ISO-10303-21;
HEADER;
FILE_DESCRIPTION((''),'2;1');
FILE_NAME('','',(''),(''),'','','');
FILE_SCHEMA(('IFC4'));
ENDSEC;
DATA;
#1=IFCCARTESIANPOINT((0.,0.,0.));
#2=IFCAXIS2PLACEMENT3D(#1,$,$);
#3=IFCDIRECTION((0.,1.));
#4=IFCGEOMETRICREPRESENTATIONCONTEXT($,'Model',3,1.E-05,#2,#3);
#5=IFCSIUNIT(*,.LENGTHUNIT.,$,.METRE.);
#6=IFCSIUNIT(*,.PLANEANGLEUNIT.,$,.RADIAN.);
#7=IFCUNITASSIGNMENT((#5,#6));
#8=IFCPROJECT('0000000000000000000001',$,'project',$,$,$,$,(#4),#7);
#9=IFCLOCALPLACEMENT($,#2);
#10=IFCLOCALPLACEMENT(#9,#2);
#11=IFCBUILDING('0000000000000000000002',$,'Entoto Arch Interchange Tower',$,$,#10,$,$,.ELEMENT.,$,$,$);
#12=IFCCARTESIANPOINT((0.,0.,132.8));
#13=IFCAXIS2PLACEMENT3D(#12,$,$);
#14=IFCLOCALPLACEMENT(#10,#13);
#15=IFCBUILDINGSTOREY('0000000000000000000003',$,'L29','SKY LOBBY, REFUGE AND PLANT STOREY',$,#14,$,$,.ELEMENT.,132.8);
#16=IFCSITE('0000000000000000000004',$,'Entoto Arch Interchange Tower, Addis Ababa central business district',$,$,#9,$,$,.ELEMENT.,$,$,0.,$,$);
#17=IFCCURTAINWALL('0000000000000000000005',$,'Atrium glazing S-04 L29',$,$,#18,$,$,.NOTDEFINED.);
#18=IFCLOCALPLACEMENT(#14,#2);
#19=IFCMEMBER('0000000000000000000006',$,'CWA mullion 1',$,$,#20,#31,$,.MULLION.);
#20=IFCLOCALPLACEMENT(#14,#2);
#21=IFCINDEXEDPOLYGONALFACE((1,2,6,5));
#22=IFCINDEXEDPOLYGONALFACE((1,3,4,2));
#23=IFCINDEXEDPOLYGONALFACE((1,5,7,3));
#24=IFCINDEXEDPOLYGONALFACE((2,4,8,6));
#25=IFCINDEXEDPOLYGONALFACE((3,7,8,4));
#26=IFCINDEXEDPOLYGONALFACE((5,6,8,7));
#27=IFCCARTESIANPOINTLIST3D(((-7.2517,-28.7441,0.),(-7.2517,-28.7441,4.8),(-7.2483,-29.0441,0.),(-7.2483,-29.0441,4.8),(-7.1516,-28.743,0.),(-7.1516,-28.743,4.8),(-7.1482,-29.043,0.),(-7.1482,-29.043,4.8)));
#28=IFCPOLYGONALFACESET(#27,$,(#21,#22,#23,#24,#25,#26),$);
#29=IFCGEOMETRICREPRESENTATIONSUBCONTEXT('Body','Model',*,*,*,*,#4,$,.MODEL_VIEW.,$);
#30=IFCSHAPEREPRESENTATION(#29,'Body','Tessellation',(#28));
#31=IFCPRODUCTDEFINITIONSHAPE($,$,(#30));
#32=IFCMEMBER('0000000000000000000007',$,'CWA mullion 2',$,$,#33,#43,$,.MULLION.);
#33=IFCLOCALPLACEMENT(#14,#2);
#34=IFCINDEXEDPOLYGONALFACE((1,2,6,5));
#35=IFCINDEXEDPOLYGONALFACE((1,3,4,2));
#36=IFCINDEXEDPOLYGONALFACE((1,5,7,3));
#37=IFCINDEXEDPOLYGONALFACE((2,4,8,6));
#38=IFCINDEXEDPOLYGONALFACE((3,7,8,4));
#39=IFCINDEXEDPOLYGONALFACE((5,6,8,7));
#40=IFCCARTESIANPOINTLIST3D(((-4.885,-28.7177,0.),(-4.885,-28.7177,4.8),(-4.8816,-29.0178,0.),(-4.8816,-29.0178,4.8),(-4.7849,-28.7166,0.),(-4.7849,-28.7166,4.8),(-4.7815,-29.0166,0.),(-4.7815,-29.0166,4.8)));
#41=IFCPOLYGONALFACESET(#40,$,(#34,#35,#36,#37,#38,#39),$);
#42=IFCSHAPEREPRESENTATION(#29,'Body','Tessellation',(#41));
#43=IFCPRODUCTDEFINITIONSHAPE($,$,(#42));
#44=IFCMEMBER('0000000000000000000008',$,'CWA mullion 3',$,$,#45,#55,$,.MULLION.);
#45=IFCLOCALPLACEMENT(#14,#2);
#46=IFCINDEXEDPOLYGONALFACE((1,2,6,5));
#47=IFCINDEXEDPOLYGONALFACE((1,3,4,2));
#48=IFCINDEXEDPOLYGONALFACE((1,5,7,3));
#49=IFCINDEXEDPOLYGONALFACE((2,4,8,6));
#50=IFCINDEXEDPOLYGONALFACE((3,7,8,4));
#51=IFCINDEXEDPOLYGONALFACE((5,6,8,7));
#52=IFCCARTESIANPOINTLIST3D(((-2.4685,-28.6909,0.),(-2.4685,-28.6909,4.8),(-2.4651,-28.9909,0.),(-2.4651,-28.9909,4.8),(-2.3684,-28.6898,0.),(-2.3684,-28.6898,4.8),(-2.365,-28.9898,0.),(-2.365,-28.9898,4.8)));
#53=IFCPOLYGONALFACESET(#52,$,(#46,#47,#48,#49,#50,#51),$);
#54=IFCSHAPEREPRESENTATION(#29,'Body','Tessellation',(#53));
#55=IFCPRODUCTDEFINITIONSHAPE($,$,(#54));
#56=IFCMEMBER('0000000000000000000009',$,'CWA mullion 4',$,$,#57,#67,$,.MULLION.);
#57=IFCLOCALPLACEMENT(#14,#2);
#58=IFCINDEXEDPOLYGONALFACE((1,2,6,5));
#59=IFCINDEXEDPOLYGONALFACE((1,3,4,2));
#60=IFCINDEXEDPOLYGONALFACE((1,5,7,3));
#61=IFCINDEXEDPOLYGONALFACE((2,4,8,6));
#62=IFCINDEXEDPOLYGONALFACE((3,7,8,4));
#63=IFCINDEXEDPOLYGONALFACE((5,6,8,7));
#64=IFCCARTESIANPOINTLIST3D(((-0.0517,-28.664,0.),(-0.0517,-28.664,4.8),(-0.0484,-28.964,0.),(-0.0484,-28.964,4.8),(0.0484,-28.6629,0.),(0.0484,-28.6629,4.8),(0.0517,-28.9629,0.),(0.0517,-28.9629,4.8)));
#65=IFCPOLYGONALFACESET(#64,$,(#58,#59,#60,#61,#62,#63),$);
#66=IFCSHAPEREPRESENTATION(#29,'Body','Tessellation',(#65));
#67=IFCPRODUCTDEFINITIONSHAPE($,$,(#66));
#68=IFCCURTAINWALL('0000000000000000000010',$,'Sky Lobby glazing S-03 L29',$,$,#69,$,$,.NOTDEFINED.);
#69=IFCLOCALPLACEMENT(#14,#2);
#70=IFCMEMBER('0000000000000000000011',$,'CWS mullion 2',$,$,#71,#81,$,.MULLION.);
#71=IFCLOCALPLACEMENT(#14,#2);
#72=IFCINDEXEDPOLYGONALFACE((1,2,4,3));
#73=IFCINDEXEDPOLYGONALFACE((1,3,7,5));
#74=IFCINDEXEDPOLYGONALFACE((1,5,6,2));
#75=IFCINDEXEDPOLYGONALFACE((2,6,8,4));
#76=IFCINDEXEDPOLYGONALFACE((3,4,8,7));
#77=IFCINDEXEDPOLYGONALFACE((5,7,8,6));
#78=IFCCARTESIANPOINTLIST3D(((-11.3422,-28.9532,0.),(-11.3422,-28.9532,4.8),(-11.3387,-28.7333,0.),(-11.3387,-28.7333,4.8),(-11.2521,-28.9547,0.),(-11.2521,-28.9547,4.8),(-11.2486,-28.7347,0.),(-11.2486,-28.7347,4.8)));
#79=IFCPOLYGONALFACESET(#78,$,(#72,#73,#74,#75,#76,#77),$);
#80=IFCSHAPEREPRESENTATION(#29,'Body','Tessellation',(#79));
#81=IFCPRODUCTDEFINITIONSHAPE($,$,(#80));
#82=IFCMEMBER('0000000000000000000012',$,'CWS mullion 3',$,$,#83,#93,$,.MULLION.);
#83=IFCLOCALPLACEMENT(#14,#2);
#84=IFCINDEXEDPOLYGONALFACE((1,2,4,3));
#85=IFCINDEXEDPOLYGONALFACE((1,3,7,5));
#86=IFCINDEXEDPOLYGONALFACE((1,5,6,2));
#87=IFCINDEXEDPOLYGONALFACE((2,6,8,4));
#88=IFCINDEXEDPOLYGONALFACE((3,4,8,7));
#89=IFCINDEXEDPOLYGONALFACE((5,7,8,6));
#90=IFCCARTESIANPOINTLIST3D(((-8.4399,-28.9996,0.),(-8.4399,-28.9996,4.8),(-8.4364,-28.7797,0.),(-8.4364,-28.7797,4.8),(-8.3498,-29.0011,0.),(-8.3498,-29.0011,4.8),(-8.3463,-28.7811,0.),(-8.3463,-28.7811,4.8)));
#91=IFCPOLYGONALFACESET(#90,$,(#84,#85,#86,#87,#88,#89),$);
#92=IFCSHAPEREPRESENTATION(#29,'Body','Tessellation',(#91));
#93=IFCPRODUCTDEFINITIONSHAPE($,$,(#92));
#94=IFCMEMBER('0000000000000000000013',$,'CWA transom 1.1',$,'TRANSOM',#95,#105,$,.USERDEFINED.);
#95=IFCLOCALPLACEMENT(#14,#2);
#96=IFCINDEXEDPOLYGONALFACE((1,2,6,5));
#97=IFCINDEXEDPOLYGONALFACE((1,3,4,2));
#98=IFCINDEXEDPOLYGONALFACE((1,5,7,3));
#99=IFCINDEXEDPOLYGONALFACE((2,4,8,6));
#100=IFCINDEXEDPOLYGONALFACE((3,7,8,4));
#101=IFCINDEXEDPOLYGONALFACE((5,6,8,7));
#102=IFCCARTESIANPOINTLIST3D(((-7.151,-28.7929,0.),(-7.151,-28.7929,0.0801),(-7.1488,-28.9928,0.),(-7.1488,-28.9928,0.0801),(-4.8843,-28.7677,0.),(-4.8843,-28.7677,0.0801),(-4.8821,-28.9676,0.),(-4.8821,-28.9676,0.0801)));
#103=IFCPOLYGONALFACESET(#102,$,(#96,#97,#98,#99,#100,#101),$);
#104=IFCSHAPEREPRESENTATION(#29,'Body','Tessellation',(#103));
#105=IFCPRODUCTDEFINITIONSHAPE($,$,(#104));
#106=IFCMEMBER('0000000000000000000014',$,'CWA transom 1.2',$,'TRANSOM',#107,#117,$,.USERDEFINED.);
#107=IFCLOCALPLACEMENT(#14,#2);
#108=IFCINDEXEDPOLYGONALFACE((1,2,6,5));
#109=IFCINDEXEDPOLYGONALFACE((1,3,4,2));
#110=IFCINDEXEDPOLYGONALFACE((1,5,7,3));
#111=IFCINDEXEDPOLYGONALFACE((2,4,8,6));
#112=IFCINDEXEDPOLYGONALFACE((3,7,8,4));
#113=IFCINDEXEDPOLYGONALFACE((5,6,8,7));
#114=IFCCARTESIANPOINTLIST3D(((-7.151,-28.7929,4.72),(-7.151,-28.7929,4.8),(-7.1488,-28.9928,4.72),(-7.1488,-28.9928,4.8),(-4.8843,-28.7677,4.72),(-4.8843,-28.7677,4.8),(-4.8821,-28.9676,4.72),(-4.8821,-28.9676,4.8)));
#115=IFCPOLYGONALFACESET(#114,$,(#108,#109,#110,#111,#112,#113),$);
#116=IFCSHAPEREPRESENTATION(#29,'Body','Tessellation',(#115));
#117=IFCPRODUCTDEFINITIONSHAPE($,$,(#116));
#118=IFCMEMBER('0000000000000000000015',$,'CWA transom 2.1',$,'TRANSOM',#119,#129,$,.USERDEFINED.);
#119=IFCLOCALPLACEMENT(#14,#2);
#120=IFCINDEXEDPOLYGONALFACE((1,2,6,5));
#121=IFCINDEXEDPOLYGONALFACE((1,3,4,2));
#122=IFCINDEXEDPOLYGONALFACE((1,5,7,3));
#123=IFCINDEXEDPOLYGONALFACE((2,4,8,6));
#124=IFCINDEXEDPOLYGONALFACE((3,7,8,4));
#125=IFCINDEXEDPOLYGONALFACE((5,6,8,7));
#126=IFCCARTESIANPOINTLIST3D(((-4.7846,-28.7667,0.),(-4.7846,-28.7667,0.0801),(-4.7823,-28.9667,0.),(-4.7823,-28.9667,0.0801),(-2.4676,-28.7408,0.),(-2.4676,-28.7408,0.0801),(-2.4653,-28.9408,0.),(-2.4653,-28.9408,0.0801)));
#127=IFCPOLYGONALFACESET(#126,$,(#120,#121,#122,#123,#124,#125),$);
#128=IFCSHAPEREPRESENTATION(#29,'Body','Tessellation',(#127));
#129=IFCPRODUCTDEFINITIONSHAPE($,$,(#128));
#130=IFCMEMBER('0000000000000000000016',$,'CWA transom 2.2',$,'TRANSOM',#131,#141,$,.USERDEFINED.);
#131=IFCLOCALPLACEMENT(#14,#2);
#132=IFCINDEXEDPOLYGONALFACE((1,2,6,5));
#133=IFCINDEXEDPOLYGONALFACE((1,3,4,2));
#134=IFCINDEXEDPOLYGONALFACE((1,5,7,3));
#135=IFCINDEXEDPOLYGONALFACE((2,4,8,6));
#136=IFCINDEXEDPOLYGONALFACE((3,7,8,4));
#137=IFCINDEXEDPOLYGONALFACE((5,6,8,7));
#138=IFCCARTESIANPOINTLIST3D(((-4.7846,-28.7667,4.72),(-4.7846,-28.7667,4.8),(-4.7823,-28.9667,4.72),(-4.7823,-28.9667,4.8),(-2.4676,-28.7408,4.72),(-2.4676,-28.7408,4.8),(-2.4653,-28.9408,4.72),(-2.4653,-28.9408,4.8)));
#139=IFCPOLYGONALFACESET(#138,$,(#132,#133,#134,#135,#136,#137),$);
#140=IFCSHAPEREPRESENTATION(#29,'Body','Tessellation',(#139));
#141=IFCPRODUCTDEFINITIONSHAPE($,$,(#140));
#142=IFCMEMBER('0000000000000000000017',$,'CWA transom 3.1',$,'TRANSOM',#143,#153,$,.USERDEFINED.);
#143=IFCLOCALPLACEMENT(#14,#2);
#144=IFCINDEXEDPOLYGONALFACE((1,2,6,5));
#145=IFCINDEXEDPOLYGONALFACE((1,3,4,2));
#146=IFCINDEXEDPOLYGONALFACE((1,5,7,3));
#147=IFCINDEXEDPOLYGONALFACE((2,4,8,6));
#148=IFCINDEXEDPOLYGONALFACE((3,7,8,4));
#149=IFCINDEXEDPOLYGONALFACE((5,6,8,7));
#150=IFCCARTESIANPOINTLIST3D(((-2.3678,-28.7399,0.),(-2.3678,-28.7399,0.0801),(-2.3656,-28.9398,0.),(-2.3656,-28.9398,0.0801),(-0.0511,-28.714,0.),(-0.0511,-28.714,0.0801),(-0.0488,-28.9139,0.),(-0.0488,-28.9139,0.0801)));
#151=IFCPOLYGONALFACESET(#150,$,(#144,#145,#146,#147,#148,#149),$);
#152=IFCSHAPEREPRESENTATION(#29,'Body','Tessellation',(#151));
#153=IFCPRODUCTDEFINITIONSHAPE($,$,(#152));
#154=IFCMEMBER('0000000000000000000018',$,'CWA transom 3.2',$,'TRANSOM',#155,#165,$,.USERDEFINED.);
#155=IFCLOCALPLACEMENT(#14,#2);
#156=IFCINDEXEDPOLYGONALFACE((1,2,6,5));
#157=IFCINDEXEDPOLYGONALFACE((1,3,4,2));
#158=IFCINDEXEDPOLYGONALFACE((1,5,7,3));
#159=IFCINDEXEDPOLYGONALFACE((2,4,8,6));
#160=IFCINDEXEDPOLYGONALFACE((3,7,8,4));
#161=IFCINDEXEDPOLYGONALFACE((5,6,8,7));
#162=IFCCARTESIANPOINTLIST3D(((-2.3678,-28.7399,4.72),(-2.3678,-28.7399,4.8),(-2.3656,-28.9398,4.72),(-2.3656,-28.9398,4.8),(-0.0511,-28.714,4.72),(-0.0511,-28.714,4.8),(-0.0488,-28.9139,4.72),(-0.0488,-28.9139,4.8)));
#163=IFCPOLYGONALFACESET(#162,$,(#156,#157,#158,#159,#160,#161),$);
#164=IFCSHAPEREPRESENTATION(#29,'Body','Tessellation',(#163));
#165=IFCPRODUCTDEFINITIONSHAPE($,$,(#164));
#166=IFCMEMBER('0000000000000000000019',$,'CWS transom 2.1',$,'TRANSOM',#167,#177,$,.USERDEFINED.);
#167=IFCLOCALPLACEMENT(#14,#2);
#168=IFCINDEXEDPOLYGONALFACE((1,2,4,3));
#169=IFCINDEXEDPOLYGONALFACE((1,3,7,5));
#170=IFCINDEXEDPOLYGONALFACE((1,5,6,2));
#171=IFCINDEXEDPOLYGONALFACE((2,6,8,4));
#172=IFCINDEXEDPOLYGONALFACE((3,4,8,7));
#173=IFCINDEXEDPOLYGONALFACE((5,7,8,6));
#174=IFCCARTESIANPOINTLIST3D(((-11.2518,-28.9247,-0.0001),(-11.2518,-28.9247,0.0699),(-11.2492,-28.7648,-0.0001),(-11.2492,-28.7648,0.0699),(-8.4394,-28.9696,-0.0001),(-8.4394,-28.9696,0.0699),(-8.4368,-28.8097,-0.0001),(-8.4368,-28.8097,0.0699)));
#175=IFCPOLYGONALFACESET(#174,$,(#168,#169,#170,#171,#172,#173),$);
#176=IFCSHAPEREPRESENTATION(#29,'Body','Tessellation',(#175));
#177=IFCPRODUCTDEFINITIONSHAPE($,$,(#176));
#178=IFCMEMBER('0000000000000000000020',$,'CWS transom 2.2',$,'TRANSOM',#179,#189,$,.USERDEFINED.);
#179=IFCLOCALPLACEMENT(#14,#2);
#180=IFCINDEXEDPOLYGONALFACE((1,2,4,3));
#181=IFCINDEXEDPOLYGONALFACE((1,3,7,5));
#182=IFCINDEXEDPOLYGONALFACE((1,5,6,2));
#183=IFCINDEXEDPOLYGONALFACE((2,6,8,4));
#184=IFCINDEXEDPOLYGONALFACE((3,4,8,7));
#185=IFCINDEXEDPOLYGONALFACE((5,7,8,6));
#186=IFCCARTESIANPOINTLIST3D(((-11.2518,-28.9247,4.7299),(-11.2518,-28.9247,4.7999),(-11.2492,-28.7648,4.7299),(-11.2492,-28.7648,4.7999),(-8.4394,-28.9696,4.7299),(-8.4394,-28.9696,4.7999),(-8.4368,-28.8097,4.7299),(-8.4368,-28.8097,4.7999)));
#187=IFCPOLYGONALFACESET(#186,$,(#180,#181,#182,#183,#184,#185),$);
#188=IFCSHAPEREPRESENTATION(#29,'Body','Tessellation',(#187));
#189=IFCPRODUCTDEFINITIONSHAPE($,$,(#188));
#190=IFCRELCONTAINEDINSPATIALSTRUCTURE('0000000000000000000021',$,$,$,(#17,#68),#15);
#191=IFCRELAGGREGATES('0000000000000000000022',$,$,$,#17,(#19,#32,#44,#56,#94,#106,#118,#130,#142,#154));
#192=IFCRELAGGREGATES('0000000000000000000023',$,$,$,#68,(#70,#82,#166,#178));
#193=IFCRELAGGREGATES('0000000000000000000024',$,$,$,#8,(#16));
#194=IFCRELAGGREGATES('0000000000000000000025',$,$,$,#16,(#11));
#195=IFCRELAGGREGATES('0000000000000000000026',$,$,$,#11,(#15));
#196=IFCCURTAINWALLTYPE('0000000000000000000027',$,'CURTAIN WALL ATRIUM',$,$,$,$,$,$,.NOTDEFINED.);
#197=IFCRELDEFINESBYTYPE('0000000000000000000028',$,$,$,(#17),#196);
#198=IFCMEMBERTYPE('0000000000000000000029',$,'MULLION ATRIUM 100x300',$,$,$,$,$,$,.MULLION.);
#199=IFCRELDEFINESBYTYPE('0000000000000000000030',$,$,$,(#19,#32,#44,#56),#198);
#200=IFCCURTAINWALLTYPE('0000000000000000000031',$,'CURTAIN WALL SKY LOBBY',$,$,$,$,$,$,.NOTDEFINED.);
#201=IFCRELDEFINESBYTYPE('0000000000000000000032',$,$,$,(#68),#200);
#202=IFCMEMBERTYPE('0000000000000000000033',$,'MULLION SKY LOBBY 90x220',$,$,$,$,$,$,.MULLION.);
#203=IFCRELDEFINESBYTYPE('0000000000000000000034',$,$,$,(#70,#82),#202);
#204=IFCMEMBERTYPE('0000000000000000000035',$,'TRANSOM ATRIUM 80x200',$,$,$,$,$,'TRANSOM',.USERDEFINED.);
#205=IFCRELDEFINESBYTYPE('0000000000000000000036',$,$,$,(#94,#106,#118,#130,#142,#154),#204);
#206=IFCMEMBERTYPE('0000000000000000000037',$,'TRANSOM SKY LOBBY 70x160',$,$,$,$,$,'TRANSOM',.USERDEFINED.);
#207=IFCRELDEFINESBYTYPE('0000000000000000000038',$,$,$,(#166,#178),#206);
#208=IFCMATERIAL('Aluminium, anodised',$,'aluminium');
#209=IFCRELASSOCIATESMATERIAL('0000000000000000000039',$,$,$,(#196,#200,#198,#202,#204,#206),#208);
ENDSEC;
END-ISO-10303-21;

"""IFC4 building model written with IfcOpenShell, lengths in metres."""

from ifc_helpers import new_model, si_unit, direction, frame, origin, origin_2d, place, context, subcontext, project, spatial, rectangle, extrude, material, material_profile, profile_set, type_object, element, aggregate, save


model = new_model("IFC4")

# Units and contexts
model_context = context("Model", 3, precision=1e-05, world=origin(), true_north=direction((0.0, 1.0)))
body_context = subcontext(model_context, "Body", "Model", "MODEL_VIEW")
ifc_project = project(units=[si_unit("LENGTHUNIT", "METRE"), si_unit("PLANEANGLEUNIT", "RADIAN")], contexts=[model_context])

# Site, building, storey
site_placement = place(None, origin())
site = spatial("IfcSite", under=ifc_project, at=site_placement, Name="Entoto Arch Interchange Tower, Addis Ababa central business district", CompositionType="ELEMENT", RefElevation=0.0)
building_placement = place(site_placement, origin())
building = spatial("IfcBuilding", under=site, at=building_placement, Name="Entoto Arch Interchange Tower", CompositionType="ELEMENT")
storey_placement = place(building_placement, frame((0.0, 0.0, 132.8)))
storey = spatial("IfcBuildingStorey", under=building, at=storey_placement, Name="L29", Description="SKY LOBBY, REFUGE AND PLANT STOREY", CompositionType="ELEMENT", Elevation=132.8)

# Curtain walls, members
ifc_material_1 = material(Name="Aluminium, anodised", Category="aluminium")
curtain_wall_type_1 = type_object("IfcCurtainWallType", Name="CURTAIN WALL ATRIUM", PredefinedType="NOTDEFINED", material=ifc_material_1)
curtain_wall_1_placement = place(storey_placement, origin())
curtain_wall_1 = element("IfcCurtainWall", 1, at=curtain_wall_1_placement, inside=storey, type_object=curtain_wall_type_1, Name="Atrium glazing S-04 L29", PredefinedType="NOTDEFINED")
ifc_material_profile_1 = material_profile(ifc_material_1, rectangle(XDim=0.3, YDim=0.1001, at=origin_2d()))
ifc_profile_set_1 = profile_set([ifc_material_profile_1], Name="Aluminium, anodised")
member_type_1 = type_object("IfcMemberType", Name="MULLION ATRIUM 100x300", PredefinedType="MULLION", material=ifc_profile_set_1)
member_1_placement = place(storey_placement, frame((-7.2, -28.8936, 0.0), z_axis=(0.0, 0.0, 1.0), x_axis=(-0.011103, 0.999938, 0.0)))
member_1 = element("IfcMember", 2, at=member_1_placement, type_object=member_type_1, Name="CWA mullion 1", PredefinedType="MULLION", context=body_context, shape_type="SweptSolid", body=[
    extrude(rectangle(XDim=0.3, YDim=0.1001, at=origin_2d()), origin(), (0.0, 0.0, 1.0), 4.8),
])
member_2_placement = place(storey_placement, frame((-4.8333, -28.8672, 0.0), z_axis=(0.0, 0.0, 1.0), x_axis=(-0.011103, 0.999938, 0.0)))
member_2 = element("IfcMember", 3, at=member_2_placement, type_object=member_type_1, Name="CWA mullion 2", PredefinedType="MULLION", context=body_context, shape_type="SweptSolid", body=[
    extrude(rectangle(XDim=0.3, YDim=0.1001, at=origin_2d()), origin(), (0.0, 0.0, 1.0), 4.8),
])
member_3_placement = place(storey_placement, frame((-2.4167, -28.8403, 0.0), z_axis=(0.0, 0.0, 1.0), x_axis=(-0.011103, 0.999938, 0.0)))
member_3 = element("IfcMember", 4, at=member_3_placement, type_object=member_type_1, Name="CWA mullion 3", PredefinedType="MULLION", context=body_context, shape_type="SweptSolid", body=[
    extrude(rectangle(XDim=0.3, YDim=0.1001, at=origin_2d()), origin(), (0.0, 0.0, 1.0), 4.8),
])
member_4_placement = place(storey_placement, frame((0.0, -28.8135, 0.0), z_axis=(0.0, 0.0, 1.0), x_axis=(-0.011103, 0.999938, 0.0)))
member_4 = element("IfcMember", 5, at=member_4_placement, type_object=member_type_1, Name="CWA mullion 4", PredefinedType="MULLION", context=body_context, shape_type="SweptSolid", body=[
    extrude(rectangle(XDim=0.3, YDim=0.1001, at=origin_2d()), origin(), (0.0, 0.0, 1.0), 4.8),
])
curtain_wall_type_2 = type_object("IfcCurtainWallType", Name="CURTAIN WALL SKY LOBBY", PredefinedType="NOTDEFINED", material=ifc_material_1)
curtain_wall_2_placement = place(storey_placement, origin())
curtain_wall_2 = element("IfcCurtainWall", 6, at=curtain_wall_2_placement, inside=storey, type_object=curtain_wall_type_2, Name="Sky Lobby glazing S-03 L29", PredefinedType="NOTDEFINED")
ifc_material_profile_2 = material_profile(ifc_material_1, rectangle(XDim=0.22, YDim=0.0901, at=origin_2d()))
ifc_profile_set_2 = profile_set([ifc_material_profile_2], Name="Aluminium, anodised")
member_type_2 = type_object("IfcMemberType", Name="MULLION SKY LOBBY 90x220", PredefinedType="MULLION", material=ifc_profile_set_2)
member_5_placement = place(storey_placement, frame((-11.2954, -28.844, 0.0), z_axis=(0.0, 0.0, 1.0), x_axis=(0.015944, 0.999873, 0.0)))
member_5 = element("IfcMember", 7, at=member_5_placement, type_object=member_type_2, Name="CWS mullion 2", PredefinedType="MULLION", context=body_context, shape_type="SweptSolid", body=[
    extrude(rectangle(XDim=0.22, YDim=0.0901, at=origin_2d()), origin(), (0.0, 0.0, 1.0), 4.8),
])
member_6_placement = place(storey_placement, frame((-8.3931, -28.8904, 0.0), z_axis=(0.0, 0.0, 1.0), x_axis=(0.015944, 0.999873, 0.0)))
member_6 = element("IfcMember", 8, at=member_6_placement, type_object=member_type_2, Name="CWS mullion 3", PredefinedType="MULLION", context=body_context, shape_type="SweptSolid", body=[
    extrude(rectangle(XDim=0.22, YDim=0.0901, at=origin_2d()), origin(), (0.0, 0.0, 1.0), 4.8),
])

# Members
ifc_material_profile_3 = material_profile(ifc_material_1, rectangle(XDim=0.2, YDim=0.0801, at=origin_2d()))
ifc_profile_set_3 = profile_set([ifc_material_profile_3], Name="Aluminium, anodised")
member_type_3 = type_object("IfcMemberType", Name="TRANSOM ATRIUM 80x200", ElementType="TRANSOM", PredefinedType="USERDEFINED", material=ifc_profile_set_3)
member_7_placement = place(storey_placement, frame((-7.1499, -28.8928, 0.04), z_axis=(0.999938, 0.011094, 0.0), x_axis=(-0.011094, 0.999938, 0.0)))
member_7 = element("IfcMember", 9, at=member_7_placement, type_object=member_type_3, Name="CWA transom 1.1", ObjectType="TRANSOM", PredefinedType="USERDEFINED", context=body_context, shape_type="SweptSolid", body=[
    extrude(rectangle(XDim=0.2, YDim=0.0801, at=origin_2d()), origin(), (0.0, 0.0, 1.0), 2.2668),
])
member_8_placement = place(storey_placement, frame((-7.1499, -28.8928, 4.76), z_axis=(0.999938, 0.011094, 0.0), x_axis=(-0.011094, 0.999938, 0.0)))
member_8 = element("IfcMember", 10, at=member_8_placement, type_object=member_type_3, Name="CWA transom 1.2", ObjectType="TRANSOM", PredefinedType="USERDEFINED", context=body_context, shape_type="SweptSolid", body=[
    extrude(rectangle(XDim=0.2, YDim=0.0801, at=origin_2d()), origin(), (0.0, 0.0, 1.0), 2.2668),
])
member_9_placement = place(storey_placement, frame((-4.7834, -28.8667, 0.04), z_axis=(0.999938, 0.011169, 0.0), x_axis=(-0.011169, 0.999938, 0.0)))
member_9 = element("IfcMember", 11, at=member_9_placement, type_object=member_type_3, Name="CWA transom 2.1", ObjectType="TRANSOM", PredefinedType="USERDEFINED", context=body_context, shape_type="SweptSolid", body=[
    extrude(rectangle(XDim=0.2, YDim=0.0801, at=origin_2d()), origin(), (0.0, 0.0, 1.0), 2.3171),
])
member_10_placement = place(storey_placement, frame((-4.7834, -28.8667, 4.76), z_axis=(0.999938, 0.011169, 0.0), x_axis=(-0.011169, 0.999938, 0.0)))
member_10 = element("IfcMember", 12, at=member_10_placement, type_object=member_type_3, Name="CWA transom 2.2", ObjectType="TRANSOM", PredefinedType="USERDEFINED", context=body_context, shape_type="SweptSolid", body=[
    extrude(rectangle(XDim=0.2, YDim=0.0801, at=origin_2d()), origin(), (0.0, 0.0, 1.0), 2.3171),
])
member_11_placement = place(storey_placement, frame((-2.3667, -28.8398, 0.04), z_axis=(0.999938, 0.01117, 0.0), x_axis=(-0.01117, 0.999938, 0.0)))
member_11 = element("IfcMember", 13, at=member_11_placement, type_object=member_type_3, Name="CWA transom 3.1", ObjectType="TRANSOM", PredefinedType="USERDEFINED", context=body_context, shape_type="SweptSolid", body=[
    extrude(rectangle(XDim=0.2, YDim=0.0801, at=origin_2d()), origin(), (0.0, 0.0, 1.0), 2.3169),
])
member_12_placement = place(storey_placement, frame((-2.3667, -28.8398, 4.76), z_axis=(0.999938, 0.01117, 0.0), x_axis=(-0.01117, 0.999938, 0.0)))
member_12 = element("IfcMember", 14, at=member_12_placement, type_object=member_type_3, Name="CWA transom 3.2", ObjectType="TRANSOM", PredefinedType="USERDEFINED", context=body_context, shape_type="SweptSolid", body=[
    extrude(rectangle(XDim=0.2, YDim=0.0801, at=origin_2d()), origin(), (0.0, 0.0, 1.0), 2.3169),
])
ifc_material_profile_4 = material_profile(ifc_material_1, rectangle(XDim=0.1599, YDim=0.0701, at=origin_2d()))
ifc_profile_set_4 = profile_set([ifc_material_profile_4], Name="Aluminium, anodised")
member_type_4 = type_object("IfcMemberType", Name="TRANSOM SKY LOBBY 70x160", ElementType="TRANSOM", PredefinedType="USERDEFINED", material=ifc_profile_set_4)
member_13_placement = place(storey_placement, frame((-11.2505, -28.8447, 0.0349), z_axis=(0.999872, -0.01597, 0.0), x_axis=(0.01597, 0.999872, 0.0)))
member_13 = element("IfcMember", 15, at=member_13_placement, type_object=member_type_4, Name="CWS transom 2.1", ObjectType="TRANSOM", PredefinedType="USERDEFINED", context=body_context, shape_type="SweptSolid", body=[
    extrude(rectangle(XDim=0.1599, YDim=0.0701, at=origin_2d()), origin(), (0.0, 0.0, 1.0), 2.8127),
])
member_14_placement = place(storey_placement, frame((-11.2505, -28.8447, 4.7649), z_axis=(0.999872, -0.01597, 0.0), x_axis=(0.01597, 0.999872, 0.0)))
member_14 = element("IfcMember", 16, at=member_14_placement, type_object=member_type_4, Name="CWS transom 2.2", ObjectType="TRANSOM", PredefinedType="USERDEFINED", context=body_context, shape_type="SweptSolid", body=[
    extrude(rectangle(XDim=0.1599, YDim=0.0701, at=origin_2d()), origin(), (0.0, 0.0, 1.0), 2.8127),
])

aggregate(curtain_wall_1, [member_1, member_2, member_3, member_4, member_7, member_8, member_9, member_10, member_11, member_12])
aggregate(curtain_wall_2, [member_5, member_6, member_13, member_14])

save(model, "model.ifc")
